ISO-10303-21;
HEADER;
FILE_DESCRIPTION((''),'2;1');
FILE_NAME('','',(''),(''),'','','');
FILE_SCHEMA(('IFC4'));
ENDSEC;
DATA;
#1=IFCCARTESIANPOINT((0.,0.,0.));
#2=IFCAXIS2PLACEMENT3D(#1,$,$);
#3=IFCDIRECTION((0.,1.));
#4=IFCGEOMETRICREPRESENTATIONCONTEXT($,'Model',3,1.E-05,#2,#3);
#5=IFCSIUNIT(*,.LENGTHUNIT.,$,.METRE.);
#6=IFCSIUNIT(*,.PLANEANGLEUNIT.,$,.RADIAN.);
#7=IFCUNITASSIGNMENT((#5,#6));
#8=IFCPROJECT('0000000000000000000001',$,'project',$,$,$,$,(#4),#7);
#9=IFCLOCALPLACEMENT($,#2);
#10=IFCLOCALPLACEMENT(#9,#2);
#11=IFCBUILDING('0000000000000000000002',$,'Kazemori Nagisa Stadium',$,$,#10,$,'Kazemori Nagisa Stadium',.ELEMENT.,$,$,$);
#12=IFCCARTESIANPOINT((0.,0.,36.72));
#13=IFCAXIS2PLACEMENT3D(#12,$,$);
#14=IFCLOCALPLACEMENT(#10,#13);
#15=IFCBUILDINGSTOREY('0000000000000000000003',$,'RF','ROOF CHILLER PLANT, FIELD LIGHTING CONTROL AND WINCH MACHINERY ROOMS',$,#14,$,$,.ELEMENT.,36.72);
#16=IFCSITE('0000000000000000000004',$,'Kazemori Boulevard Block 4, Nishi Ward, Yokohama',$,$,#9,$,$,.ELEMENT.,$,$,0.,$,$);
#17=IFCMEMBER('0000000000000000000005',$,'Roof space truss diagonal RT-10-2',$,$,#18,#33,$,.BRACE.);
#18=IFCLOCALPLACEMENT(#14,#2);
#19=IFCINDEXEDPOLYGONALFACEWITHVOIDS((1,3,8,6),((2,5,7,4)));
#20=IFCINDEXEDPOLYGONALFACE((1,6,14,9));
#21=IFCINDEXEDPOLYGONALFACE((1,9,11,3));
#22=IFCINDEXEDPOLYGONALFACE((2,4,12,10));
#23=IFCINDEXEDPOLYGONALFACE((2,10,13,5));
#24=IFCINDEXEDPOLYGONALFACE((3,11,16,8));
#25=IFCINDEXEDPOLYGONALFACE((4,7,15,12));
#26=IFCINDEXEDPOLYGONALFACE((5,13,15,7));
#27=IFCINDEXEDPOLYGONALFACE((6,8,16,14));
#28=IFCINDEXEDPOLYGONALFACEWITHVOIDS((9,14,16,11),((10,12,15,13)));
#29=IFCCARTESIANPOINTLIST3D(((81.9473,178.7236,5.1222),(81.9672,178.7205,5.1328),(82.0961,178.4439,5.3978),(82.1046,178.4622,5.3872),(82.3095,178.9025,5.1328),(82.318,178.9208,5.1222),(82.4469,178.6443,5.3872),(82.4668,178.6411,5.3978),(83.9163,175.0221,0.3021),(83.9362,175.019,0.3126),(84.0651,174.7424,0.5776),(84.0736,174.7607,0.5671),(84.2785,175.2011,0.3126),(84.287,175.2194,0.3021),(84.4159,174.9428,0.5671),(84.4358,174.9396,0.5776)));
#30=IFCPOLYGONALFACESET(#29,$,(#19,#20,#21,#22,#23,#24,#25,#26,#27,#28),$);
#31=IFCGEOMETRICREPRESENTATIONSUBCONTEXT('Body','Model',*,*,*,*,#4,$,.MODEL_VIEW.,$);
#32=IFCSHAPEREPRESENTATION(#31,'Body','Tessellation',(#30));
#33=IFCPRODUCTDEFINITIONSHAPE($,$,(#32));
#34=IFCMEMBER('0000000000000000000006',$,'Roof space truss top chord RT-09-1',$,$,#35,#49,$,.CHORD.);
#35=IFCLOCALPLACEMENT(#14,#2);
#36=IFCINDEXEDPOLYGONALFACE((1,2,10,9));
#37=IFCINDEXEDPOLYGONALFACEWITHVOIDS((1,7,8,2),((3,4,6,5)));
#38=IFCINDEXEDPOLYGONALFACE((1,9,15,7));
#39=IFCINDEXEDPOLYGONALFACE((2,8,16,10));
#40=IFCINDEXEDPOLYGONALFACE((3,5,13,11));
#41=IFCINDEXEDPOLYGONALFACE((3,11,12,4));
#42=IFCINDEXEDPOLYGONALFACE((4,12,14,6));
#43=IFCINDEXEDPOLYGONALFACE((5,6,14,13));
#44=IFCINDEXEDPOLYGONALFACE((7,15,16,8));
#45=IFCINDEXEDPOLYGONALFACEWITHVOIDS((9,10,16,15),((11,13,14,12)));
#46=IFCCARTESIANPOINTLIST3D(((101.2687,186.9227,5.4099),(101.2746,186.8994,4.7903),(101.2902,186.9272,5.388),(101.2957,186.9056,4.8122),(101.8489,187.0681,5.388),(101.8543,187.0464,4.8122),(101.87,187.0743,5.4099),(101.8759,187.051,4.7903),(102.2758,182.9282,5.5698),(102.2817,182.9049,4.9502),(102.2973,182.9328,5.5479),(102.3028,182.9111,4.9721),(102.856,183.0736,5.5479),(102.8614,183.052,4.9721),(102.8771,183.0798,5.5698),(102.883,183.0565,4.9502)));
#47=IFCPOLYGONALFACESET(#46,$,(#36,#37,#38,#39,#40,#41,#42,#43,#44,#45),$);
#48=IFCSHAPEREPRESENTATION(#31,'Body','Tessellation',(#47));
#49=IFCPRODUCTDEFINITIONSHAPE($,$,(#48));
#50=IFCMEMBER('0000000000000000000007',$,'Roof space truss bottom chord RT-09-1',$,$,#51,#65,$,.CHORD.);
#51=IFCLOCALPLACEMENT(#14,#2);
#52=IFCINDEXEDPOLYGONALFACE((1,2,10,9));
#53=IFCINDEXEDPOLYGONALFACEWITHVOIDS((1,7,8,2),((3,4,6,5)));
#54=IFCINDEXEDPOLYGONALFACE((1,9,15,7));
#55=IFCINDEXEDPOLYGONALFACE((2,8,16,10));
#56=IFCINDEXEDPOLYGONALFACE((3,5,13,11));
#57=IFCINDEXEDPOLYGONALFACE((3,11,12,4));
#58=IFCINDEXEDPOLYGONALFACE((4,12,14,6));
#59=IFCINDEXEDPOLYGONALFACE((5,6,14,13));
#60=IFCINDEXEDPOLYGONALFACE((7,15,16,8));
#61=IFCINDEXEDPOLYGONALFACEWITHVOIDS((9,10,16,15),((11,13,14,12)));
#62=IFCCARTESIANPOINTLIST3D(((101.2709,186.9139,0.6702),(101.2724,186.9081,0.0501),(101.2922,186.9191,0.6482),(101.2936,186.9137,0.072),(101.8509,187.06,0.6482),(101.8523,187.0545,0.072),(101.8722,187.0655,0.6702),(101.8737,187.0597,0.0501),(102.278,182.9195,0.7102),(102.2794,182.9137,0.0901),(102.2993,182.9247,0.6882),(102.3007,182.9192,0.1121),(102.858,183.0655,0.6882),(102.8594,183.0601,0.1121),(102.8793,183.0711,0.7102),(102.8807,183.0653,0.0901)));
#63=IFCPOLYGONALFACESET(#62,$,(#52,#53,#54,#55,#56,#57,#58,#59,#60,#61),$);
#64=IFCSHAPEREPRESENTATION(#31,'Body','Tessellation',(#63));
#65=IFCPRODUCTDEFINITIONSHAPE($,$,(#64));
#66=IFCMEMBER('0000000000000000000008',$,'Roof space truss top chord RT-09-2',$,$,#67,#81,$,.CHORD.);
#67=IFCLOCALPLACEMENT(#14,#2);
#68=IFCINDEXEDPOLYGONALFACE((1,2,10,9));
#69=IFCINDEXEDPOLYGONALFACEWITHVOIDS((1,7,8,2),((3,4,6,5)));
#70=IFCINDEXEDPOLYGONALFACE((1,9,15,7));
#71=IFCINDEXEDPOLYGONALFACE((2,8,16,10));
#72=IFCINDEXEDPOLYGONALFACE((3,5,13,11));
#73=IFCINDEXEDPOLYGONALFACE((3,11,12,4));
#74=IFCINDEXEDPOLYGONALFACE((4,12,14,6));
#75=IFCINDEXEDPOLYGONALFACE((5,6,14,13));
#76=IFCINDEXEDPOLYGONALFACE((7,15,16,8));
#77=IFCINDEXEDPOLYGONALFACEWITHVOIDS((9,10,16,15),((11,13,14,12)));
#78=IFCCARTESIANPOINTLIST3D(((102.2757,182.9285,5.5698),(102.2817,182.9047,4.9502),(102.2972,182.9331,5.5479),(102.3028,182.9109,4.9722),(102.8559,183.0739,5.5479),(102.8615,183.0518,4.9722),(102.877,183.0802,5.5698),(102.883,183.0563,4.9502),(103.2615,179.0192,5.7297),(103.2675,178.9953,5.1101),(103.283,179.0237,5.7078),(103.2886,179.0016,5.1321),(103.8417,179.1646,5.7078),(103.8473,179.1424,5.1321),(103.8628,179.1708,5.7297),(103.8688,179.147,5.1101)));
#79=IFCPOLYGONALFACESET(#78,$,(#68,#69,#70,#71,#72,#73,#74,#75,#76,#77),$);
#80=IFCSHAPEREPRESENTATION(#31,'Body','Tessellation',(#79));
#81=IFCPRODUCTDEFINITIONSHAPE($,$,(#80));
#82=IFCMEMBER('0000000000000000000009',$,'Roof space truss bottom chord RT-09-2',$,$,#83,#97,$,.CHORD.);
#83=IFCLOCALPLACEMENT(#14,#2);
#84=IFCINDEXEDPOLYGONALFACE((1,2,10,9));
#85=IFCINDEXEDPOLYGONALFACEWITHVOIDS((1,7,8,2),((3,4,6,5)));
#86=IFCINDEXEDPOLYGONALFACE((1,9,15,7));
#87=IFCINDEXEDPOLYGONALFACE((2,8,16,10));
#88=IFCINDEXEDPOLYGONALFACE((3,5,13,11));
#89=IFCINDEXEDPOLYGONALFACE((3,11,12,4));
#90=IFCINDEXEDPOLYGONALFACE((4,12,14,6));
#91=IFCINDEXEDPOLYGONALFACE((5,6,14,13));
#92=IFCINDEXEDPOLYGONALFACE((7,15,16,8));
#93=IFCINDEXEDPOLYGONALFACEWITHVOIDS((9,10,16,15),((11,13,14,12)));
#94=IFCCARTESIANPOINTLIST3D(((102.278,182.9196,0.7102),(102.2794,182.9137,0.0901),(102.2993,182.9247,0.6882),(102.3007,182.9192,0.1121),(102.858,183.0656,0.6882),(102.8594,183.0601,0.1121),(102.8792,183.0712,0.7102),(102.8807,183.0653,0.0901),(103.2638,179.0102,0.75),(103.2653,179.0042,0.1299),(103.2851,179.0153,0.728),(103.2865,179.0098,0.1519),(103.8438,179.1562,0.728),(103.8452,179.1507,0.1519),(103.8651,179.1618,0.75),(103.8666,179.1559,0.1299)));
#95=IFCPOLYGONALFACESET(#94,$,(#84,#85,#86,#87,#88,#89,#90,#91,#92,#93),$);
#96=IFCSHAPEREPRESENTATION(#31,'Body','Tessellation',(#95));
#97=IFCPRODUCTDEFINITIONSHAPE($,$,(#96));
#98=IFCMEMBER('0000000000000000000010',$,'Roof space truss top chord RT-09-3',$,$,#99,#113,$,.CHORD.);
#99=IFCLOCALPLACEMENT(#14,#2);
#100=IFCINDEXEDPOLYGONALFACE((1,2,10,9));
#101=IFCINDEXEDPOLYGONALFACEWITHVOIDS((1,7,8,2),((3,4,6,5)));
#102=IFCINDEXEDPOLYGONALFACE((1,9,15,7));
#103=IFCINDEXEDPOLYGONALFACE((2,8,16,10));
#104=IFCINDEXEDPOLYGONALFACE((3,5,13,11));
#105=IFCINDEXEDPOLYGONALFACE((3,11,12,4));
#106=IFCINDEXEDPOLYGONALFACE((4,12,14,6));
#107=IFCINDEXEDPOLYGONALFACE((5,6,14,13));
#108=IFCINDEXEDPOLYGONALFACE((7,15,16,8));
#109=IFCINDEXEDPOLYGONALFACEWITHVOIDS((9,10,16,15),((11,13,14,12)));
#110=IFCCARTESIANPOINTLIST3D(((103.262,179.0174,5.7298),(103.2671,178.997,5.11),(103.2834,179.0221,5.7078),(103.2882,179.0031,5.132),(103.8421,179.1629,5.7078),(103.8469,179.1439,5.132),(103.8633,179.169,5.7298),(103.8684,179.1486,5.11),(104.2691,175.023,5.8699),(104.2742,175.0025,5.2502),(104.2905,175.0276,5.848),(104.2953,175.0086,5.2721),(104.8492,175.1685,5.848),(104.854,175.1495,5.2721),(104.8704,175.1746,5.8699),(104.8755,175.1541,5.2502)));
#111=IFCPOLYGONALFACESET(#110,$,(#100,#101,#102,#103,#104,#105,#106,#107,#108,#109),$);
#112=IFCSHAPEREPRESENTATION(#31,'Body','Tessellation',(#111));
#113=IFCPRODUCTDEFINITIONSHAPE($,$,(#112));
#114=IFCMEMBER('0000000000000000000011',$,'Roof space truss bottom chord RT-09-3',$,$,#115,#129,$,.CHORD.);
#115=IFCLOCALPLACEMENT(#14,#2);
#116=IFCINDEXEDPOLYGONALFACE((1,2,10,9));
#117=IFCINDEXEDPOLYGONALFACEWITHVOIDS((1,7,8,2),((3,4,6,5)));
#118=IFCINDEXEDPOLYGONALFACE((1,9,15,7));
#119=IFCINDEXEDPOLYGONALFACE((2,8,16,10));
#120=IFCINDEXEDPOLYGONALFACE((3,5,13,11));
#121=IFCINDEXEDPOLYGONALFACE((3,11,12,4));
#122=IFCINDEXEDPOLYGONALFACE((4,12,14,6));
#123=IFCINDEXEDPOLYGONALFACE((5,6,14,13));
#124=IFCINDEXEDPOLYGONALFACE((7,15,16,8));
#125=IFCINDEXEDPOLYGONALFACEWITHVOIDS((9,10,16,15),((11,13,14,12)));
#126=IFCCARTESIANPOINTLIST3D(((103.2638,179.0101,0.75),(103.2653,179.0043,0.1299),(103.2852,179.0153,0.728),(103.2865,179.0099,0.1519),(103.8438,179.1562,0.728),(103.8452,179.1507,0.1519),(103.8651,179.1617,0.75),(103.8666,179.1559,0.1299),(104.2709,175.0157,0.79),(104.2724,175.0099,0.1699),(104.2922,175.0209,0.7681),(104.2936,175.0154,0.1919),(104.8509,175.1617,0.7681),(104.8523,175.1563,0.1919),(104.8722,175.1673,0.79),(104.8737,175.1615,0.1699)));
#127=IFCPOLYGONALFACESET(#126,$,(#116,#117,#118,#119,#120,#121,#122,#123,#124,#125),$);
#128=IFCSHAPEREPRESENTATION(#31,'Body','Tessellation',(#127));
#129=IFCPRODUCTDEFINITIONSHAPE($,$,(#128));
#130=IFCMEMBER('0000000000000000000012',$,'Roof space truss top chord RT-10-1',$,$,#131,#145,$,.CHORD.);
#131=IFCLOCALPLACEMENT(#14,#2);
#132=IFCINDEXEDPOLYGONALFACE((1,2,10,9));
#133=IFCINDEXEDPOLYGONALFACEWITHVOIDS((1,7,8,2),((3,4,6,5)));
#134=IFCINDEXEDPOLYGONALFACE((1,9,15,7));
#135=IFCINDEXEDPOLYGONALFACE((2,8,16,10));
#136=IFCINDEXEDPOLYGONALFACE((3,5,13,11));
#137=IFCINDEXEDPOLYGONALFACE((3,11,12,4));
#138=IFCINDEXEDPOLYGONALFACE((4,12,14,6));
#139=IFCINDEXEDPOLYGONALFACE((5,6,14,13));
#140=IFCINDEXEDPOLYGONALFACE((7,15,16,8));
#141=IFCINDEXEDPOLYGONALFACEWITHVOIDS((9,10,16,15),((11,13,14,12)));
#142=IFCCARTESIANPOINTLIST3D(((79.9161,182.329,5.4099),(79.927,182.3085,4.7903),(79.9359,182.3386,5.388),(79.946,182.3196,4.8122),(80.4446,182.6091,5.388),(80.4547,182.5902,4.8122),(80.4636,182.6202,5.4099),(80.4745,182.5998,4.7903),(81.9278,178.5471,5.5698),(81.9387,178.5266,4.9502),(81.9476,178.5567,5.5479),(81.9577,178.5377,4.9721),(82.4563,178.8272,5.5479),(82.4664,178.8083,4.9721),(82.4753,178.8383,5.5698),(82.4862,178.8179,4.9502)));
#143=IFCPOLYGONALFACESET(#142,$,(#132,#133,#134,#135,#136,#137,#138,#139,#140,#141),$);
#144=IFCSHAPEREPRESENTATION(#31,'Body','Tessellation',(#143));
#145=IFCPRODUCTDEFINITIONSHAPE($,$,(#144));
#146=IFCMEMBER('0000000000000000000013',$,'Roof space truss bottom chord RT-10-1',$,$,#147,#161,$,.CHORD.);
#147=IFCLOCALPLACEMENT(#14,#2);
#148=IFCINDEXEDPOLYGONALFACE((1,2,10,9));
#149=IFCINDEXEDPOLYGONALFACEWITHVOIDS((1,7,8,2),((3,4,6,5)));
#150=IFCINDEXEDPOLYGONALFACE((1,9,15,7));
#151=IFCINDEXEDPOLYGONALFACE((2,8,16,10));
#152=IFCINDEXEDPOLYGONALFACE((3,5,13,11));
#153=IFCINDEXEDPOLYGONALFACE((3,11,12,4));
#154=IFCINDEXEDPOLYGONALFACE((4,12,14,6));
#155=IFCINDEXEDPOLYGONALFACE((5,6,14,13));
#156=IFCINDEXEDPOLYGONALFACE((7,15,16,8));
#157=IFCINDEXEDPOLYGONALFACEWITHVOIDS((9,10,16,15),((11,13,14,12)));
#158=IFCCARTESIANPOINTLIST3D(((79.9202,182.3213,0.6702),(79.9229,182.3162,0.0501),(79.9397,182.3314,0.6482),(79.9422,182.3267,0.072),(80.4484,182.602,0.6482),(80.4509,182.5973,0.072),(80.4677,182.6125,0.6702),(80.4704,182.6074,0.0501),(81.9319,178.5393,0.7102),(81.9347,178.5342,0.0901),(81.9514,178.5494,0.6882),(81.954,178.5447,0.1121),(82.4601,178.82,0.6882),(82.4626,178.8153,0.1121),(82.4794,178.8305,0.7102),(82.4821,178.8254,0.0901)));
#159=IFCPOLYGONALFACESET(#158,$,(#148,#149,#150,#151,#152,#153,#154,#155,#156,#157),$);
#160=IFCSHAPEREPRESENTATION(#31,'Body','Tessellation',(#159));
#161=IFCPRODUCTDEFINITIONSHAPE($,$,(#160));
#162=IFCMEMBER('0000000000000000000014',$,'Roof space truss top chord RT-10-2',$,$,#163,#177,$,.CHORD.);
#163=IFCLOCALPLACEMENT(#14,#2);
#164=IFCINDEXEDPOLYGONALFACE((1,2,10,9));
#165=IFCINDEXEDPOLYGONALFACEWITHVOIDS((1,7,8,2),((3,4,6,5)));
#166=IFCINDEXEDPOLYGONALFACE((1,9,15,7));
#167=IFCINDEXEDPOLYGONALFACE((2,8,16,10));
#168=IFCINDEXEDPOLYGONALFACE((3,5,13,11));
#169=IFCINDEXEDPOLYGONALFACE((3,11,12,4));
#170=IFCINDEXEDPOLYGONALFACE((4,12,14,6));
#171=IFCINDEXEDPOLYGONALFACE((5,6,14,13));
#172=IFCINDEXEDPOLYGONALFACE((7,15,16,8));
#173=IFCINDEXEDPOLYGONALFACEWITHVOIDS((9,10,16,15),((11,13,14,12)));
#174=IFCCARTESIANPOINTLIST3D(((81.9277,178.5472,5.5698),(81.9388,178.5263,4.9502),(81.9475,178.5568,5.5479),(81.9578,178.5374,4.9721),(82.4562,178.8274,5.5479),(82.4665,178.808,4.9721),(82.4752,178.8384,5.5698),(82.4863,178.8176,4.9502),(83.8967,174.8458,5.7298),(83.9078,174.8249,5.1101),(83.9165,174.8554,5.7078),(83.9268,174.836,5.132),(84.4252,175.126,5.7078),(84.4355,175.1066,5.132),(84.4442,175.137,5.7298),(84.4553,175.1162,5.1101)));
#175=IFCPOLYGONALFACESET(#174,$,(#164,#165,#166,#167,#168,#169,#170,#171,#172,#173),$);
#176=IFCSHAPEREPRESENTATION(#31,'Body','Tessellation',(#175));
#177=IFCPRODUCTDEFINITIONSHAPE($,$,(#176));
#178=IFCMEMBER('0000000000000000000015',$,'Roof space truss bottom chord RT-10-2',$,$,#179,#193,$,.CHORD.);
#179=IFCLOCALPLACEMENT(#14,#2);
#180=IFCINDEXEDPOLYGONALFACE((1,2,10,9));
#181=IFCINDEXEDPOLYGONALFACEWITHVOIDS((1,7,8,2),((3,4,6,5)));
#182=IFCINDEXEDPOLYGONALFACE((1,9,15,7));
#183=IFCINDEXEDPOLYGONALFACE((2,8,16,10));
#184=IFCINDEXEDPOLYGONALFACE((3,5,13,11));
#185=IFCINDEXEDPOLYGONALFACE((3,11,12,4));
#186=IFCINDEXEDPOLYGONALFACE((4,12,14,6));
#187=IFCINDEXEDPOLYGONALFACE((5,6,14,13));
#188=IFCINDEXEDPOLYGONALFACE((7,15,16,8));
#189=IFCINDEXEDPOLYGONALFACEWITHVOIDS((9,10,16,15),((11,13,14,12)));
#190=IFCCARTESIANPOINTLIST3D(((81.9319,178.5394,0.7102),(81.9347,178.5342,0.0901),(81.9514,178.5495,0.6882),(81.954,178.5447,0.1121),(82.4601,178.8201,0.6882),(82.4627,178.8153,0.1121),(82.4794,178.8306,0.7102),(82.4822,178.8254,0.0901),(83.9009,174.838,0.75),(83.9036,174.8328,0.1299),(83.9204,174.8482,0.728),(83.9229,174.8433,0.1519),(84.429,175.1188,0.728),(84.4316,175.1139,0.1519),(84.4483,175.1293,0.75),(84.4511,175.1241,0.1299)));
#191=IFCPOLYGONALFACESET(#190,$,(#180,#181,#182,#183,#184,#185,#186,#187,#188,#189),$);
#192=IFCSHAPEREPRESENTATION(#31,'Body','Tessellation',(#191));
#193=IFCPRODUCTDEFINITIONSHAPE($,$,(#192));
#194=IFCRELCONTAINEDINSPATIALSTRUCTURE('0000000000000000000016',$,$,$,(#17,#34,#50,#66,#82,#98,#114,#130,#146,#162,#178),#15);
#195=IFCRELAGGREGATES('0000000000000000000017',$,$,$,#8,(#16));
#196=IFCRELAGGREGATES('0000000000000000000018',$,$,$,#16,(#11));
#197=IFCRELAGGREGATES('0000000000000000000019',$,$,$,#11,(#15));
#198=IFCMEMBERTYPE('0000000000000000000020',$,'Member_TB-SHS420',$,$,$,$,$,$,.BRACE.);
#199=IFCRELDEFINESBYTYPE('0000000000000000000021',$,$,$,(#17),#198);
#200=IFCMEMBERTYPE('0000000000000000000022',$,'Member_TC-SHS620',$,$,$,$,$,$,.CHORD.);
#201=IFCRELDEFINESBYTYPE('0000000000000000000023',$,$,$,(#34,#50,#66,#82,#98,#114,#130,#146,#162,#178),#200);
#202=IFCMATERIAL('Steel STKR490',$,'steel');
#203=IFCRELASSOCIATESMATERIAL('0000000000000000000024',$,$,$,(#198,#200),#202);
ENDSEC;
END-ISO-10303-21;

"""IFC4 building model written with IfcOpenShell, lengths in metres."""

from ifc_helpers import new_model, si_unit, direction, frame, origin, origin_2d, place, context, subcontext, project, spatial, hollow_rectangle, extrude, material, material_profile, profile_set, type_object, element, save


model = new_model("IFC4")

# Units and contexts
model_context = context("Model", 3, precision=1e-05, world=origin(), true_north=direction((0.0, 1.0)))
body_context = subcontext(model_context, "Body", "Model", "MODEL_VIEW")
ifc_project = project(units=[si_unit("LENGTHUNIT", "METRE"), si_unit("PLANEANGLEUNIT", "RADIAN")], contexts=[model_context])

# Site, building, storey
site_placement = place(None, origin())
site = spatial("IfcSite", under=ifc_project, at=site_placement, Name="Kazemori Boulevard Block 4, Nishi Ward, Yokohama", CompositionType="ELEMENT", RefElevation=0.0)
building_placement = place(site_placement, origin())
building = spatial("IfcBuilding", under=site, at=building_placement, Name="Kazemori Nagisa Stadium", LongName="Kazemori Nagisa Stadium", CompositionType="ELEMENT")
storey_placement = place(building_placement, frame((0.0, 0.0, 36.72)))
storey = spatial("IfcBuildingStorey", under=building, at=storey_placement, Name="RF", Description="ROOF CHILLER PLANT, FIELD LIGHTING CONTROL AND WINCH MACHINERY ROOMS", CompositionType="ELEMENT", Elevation=36.72)

# Members
ifc_material_1 = material(Name="Steel STKR490", Category="steel")
ifc_material_profile_1 = material_profile(ifc_material_1, hollow_rectangle(XDim=0.4199, YDim=0.4199, WallThickness=0.0161, at=origin_2d()), Name="SHS-420x420x16")
ifc_profile_set_1 = profile_set([ifc_material_profile_1], Name="Steel STKR490")
member_type_1 = type_object("IfcMemberType", Name="Member_TB-SHS420", PredefinedType="BRACE", material=ifc_profile_set_1)
member_1_placement = place(storey_placement, frame((82.207, 178.6824, 5.26), z_axis=(0.308218, -0.579405, -0.754514), x_axis=(0.882857, 0.469642, 0.0)))
element("IfcMember", 1, at=member_1_placement, inside=storey, type_object=member_type_1, Name="Roof space truss diagonal RT-10-2", PredefinedType="BRACE", context=body_context, shape_type="SweptSolid", body=[
    extrude(hollow_rectangle(XDim=0.4199, YDim=0.4199, WallThickness=0.0161, at=origin_2d()), origin(), (0.0, 0.0, 1.0), 6.3884),
])
ifc_material_profile_2 = material_profile(ifc_material_1, hollow_rectangle(XDim=0.6201, YDim=0.6201, WallThickness=0.022, at=origin_2d()), Name="SHS-620x620x22")
ifc_profile_set_2 = profile_set([ifc_material_profile_2], Name="Steel STKR490")
member_type_2 = type_object("IfcMemberType", Name="Member_TC-SHS620", PredefinedType="CHORD", material=ifc_profile_set_2)
member_2_placement = place(storey_placement, frame((101.5723, 186.9868, 5.1001), z_axis=(0.24429, -0.968926, 0.03879), x_axis=(0.969656, 0.244473, 0.0)))
element("IfcMember", 2, at=member_2_placement, inside=storey, type_object=member_type_2, Name="Roof space truss top chord RT-09-1", PredefinedType="CHORD", context=body_context, shape_type="SweptSolid", body=[
    extrude(hollow_rectangle(XDim=0.6201, YDim=0.6201, WallThickness=0.022, at=origin_2d()), origin(), (0.0, 0.0, 1.0), 4.1226),
])
member_3_placement = place(storey_placement, frame((101.5723, 186.9868, 0.3601), z_axis=(0.244462, -0.96961, 0.009719), x_axis=(0.969656, 0.244473, 0.0)))
element("IfcMember", 3, at=member_3_placement, inside=storey, type_object=member_type_2, Name="Roof space truss bottom chord RT-09-1", PredefinedType="CHORD", context=body_context, shape_type="SweptSolid", body=[
    extrude(hollow_rectangle(XDim=0.6201, YDim=0.6201, WallThickness=0.022, at=origin_2d()), origin(), (0.0, 0.0, 1.0), 4.1196),
])
member_4_placement = place(storey_placement, frame((102.5793, 182.9924, 5.26), z_axis=(0.244323, -0.968884, 0.039631), x_axis=(0.969645, 0.244516, 0.0)))
element("IfcMember", 4, at=member_4_placement, inside=storey, type_object=member_type_2, Name="Roof space truss top chord RT-09-2", PredefinedType="CHORD", context=body_context, shape_type="SweptSolid", body=[
    extrude(hollow_rectangle(XDim=0.6201, YDim=0.6201, WallThickness=0.022, at=origin_2d()), origin(), (0.0, 0.0, 1.0), 4.0349),
])
member_5_placement = place(storey_placement, frame((102.5793, 182.9924, 0.4001), z_axis=(0.244504, -0.969598, 0.00987), x_axis=(0.969645, 0.244516, 0.0)))
element("IfcMember", 5, at=member_5_placement, inside=storey, type_object=member_type_2, Name="Roof space truss bottom chord RT-09-2", PredefinedType="CHORD", context=body_context, shape_type="SweptSolid", body=[
    extrude(hollow_rectangle(XDim=0.6201, YDim=0.6201, WallThickness=0.022, at=origin_2d()), origin(), (0.0, 0.0, 1.0), 4.032),
])
member_6_placement = place(storey_placement, frame((103.5652, 179.083, 5.4199), z_axis=(0.244332, -0.969095, 0.033999), x_axis=(0.969656, 0.244473, 0.0)))
element("IfcMember", 6, at=member_6_placement, inside=storey, type_object=member_type_2, Name="Roof space truss top chord RT-09-3", PredefinedType="CHORD", context=body_context, shape_type="SweptSolid", body=[
    extrude(hollow_rectangle(XDim=0.6201, YDim=0.6201, WallThickness=0.022, at=origin_2d()), origin(), (0.0, 0.0, 1.0), 4.1218),
])
member_7_placement = place(storey_placement, frame((103.5652, 179.083, 0.4399), z_axis=(0.244462, -0.96961, 0.009719), x_axis=(0.969656, 0.244473, 0.0)))
element("IfcMember", 7, at=member_7_placement, inside=storey, type_object=member_type_2, Name="Roof space truss bottom chord RT-09-3", PredefinedType="CHORD", context=body_context, shape_type="SweptSolid", body=[
    extrude(hollow_rectangle(XDim=0.6201, YDim=0.6201, WallThickness=0.022, at=origin_2d()), origin(), (0.0, 0.0, 1.0), 4.1196),
])
member_8_placement = place(storey_placement, frame((80.1953, 182.4644, 5.1001), z_axis=(0.469291, -0.882255, 0.037304), x_axis=(0.88287, 0.469618, 0.0)))
element("IfcMember", 8, at=member_8_placement, inside=storey, type_object=member_type_2, Name="Roof space truss top chord RT-10-1", PredefinedType="CHORD", context=body_context, shape_type="SweptSolid", body=[
    extrude(hollow_rectangle(XDim=0.6201, YDim=0.6201, WallThickness=0.022, at=origin_2d()), origin(), (0.0, 0.0, 1.0), 4.2866),
])
member_9_placement = place(storey_placement, frame((80.1953, 182.4644, 0.3601), z_axis=(0.469597, -0.882831, 0.009346), x_axis=(0.88287, 0.469618, 0.0)))
element("IfcMember", 9, at=member_9_placement, inside=storey, type_object=member_type_2, Name="Roof space truss bottom chord RT-10-1", PredefinedType="CHORD", context=body_context, shape_type="SweptSolid", body=[
    extrude(hollow_rectangle(XDim=0.6201, YDim=0.6201, WallThickness=0.022, at=origin_2d()), origin(), (0.0, 0.0, 1.0), 4.2839),
])
member_10_placement = place(storey_placement, frame((82.207, 178.6824, 5.26), z_axis=(0.469301, -0.882215, 0.038114), x_axis=(0.882857, 0.469642, 0.0)))
element("IfcMember", 10, at=member_10_placement, inside=storey, type_object=member_type_2, Name="Roof space truss top chord RT-10-2", PredefinedType="CHORD", context=body_context, shape_type="SweptSolid", body=[
    extrude(hollow_rectangle(XDim=0.6201, YDim=0.6201, WallThickness=0.022, at=origin_2d()), origin(), (0.0, 0.0, 1.0), 4.1956),
])
member_11_placement = place(storey_placement, frame((82.207, 178.6824, 0.4001), z_axis=(0.469621, -0.882817, 0.009491), x_axis=(0.882857, 0.469642, 0.0)))
element("IfcMember", 11, at=member_11_placement, inside=storey, type_object=member_type_2, Name="Roof space truss bottom chord RT-10-2", PredefinedType="CHORD", context=body_context, shape_type="SweptSolid", body=[
    extrude(hollow_rectangle(XDim=0.6201, YDim=0.6201, WallThickness=0.022, at=origin_2d()), origin(), (0.0, 0.0, 1.0), 4.1926),
])

save(model, "model.ifc")
